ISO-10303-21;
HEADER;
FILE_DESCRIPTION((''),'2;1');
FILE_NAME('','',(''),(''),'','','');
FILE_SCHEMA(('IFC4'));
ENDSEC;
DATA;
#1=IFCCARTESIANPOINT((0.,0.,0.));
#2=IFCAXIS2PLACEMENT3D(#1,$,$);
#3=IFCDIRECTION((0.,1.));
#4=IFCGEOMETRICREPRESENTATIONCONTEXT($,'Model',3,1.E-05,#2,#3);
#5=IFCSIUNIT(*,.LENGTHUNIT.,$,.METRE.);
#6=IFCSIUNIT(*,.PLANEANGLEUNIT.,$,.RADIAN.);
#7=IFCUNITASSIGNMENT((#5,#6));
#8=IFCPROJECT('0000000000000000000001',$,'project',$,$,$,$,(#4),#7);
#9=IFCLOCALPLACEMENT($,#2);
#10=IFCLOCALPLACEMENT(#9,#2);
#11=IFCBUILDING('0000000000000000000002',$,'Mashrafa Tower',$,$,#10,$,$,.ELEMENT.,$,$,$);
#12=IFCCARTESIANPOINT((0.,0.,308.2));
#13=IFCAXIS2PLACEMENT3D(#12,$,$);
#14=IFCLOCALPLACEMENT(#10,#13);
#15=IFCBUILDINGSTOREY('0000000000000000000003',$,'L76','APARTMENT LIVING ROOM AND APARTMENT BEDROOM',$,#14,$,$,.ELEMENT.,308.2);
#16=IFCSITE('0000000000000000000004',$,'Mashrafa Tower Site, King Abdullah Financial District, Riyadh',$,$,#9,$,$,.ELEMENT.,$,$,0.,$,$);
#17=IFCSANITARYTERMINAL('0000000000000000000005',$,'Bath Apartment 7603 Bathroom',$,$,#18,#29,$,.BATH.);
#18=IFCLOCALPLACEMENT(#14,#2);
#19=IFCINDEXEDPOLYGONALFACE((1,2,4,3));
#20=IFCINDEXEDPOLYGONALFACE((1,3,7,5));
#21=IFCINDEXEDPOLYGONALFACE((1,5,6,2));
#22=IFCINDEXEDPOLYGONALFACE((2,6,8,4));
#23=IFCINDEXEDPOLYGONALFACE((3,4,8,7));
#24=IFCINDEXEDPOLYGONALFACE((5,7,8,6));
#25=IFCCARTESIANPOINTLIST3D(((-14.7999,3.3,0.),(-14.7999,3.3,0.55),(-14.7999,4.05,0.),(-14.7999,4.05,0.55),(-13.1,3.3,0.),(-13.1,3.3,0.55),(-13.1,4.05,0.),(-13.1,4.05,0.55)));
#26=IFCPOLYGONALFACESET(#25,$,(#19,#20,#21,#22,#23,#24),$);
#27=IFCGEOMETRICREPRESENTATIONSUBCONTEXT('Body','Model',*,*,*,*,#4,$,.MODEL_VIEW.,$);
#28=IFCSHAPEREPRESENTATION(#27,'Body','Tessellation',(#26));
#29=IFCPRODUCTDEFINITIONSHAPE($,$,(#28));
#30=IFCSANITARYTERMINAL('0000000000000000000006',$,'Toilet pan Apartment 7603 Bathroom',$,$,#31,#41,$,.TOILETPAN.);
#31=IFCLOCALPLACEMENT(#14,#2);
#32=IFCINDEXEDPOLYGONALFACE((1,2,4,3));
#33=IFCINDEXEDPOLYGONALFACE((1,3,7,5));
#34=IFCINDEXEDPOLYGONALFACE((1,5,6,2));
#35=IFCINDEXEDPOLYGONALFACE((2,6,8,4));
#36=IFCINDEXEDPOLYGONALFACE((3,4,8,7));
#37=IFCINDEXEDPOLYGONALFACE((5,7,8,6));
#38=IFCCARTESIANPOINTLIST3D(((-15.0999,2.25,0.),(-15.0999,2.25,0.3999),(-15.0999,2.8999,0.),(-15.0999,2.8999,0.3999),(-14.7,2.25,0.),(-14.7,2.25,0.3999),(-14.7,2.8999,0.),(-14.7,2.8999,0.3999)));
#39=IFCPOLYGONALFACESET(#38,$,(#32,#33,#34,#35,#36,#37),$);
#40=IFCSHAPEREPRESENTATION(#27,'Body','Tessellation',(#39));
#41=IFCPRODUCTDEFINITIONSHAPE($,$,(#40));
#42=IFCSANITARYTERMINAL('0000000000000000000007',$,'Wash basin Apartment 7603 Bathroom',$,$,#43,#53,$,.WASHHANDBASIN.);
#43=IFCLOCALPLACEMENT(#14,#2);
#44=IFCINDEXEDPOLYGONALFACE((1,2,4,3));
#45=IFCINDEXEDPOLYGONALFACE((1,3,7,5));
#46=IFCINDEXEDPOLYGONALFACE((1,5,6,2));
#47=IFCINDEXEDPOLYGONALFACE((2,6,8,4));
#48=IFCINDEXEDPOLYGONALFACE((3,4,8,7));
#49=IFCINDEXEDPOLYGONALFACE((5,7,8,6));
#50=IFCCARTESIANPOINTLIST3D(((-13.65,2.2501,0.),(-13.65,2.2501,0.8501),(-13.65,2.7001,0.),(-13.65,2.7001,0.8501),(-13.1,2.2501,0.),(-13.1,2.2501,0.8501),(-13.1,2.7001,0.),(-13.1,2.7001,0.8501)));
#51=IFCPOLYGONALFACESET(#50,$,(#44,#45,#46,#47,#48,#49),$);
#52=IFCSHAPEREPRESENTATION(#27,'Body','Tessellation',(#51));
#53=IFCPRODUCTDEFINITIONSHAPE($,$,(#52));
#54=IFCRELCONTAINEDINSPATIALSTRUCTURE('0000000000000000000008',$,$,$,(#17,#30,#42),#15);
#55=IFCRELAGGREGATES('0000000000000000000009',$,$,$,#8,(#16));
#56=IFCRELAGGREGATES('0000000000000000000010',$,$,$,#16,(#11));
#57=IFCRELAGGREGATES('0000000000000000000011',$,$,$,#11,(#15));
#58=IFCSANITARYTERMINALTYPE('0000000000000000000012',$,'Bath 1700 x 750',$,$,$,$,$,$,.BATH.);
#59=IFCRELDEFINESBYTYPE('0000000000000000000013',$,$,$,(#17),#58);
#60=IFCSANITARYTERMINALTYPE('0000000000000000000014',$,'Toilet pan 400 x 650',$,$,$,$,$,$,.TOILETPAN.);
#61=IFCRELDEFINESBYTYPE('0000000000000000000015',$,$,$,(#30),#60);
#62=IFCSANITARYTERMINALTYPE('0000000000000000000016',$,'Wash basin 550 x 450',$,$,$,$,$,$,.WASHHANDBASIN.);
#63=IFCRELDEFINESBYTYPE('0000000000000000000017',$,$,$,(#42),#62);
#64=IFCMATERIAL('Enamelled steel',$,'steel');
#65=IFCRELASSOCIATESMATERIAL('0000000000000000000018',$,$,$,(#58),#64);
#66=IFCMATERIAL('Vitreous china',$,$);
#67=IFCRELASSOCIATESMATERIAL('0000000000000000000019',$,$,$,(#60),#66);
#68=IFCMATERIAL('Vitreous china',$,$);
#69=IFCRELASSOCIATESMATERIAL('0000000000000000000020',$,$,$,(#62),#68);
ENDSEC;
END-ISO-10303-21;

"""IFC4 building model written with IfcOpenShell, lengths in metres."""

from ifc_helpers import new_model, si_unit, direction, frame, origin, origin_2d, place, context, subcontext, project, spatial, rectangle, extrude, material, type_object, element, save


model = new_model("IFC4")

# Units and contexts
model_context = context("Model", 3, precision=1e-05, world=origin(), true_north=direction((0.0, 1.0)))
body_context = subcontext(model_context, "Body", "Model", "MODEL_VIEW")
ifc_project = project(units=[si_unit("LENGTHUNIT", "METRE"), si_unit("PLANEANGLEUNIT", "RADIAN")], contexts=[model_context])

# Site, building, storey
site_placement = place(None, origin())
site = spatial("IfcSite", under=ifc_project, at=site_placement, Name="Mashrafa Tower Site, King Abdullah Financial District, Riyadh", CompositionType="ELEMENT", RefElevation=0.0)
building_placement = place(site_placement, origin())
building = spatial("IfcBuilding", under=site, at=building_placement, Name="Mashrafa Tower", CompositionType="ELEMENT")
storey_placement = place(building_placement, frame((0.0, 0.0, 308.2)))
storey = spatial("IfcBuildingStorey", under=building, at=storey_placement, Name="L76", Description="APARTMENT LIVING ROOM AND APARTMENT BEDROOM", CompositionType="ELEMENT", Elevation=308.2)

# Sanitary terminals
ifc_material_1 = material(Name="Enamelled steel", Category="steel")
sanitary_terminal_type_1 = type_object("IfcSanitaryTerminalType", Name="Bath 1700 x 750", PredefinedType="BATH", material=ifc_material_1)
sanitary_terminal_1_placement = place(storey_placement, frame((-13.95, 3.675, 0.0), z_axis=(0.0, 0.0, 1.0), x_axis=(-1.0, 0.0, 0.0)))
element("IfcSanitaryTerminal", 1, at=sanitary_terminal_1_placement, inside=storey, type_object=sanitary_terminal_type_1, Name="Bath Apartment 7603 Bathroom", PredefinedType="BATH", context=body_context, shape_type="SweptSolid", body=[
    extrude(rectangle(XDim=1.7, YDim=0.75, at=origin_2d()), origin(), (0.0, 0.0, 1.0), 0.55),
])
ifc_material_2 = material(Name="Vitreous china")
sanitary_terminal_type_2 = type_object("IfcSanitaryTerminalType", Name="Toilet pan 400 x 650", PredefinedType="TOILETPAN", material=ifc_material_2)
sanitary_terminal_2_placement = place(storey_placement, frame((-14.8999, 2.575, 0.0), z_axis=(0.0, 0.0, 1.0), x_axis=(1.0, 0.0, 0.0)))
element("IfcSanitaryTerminal", 2, at=sanitary_terminal_2_placement, inside=storey, type_object=sanitary_terminal_type_2, Name="Toilet pan Apartment 7603 Bathroom", PredefinedType="TOILETPAN", context=body_context, shape_type="SweptSolid", body=[
    extrude(rectangle(XDim=0.3999, YDim=0.6499, at=origin_2d()), origin(), (0.0, 0.0, 1.0), 0.3999),
])
ifc_material_3 = material(Name="Vitreous china")
sanitary_terminal_type_3 = type_object("IfcSanitaryTerminalType", Name="Wash basin 550 x 450", PredefinedType="WASHHANDBASIN", material=ifc_material_3)
sanitary_terminal_3_placement = place(storey_placement, frame((-13.375, 2.4751, 0.0), z_axis=(0.0, 0.0, 1.0), x_axis=(1.0, 0.0, 0.0)))
element("IfcSanitaryTerminal", 3, at=sanitary_terminal_3_placement, inside=storey, type_object=sanitary_terminal_type_3, Name="Wash basin Apartment 7603 Bathroom", PredefinedType="WASHHANDBASIN", context=body_context, shape_type="SweptSolid", body=[
    extrude(rectangle(XDim=0.55, YDim=0.45, at=origin_2d()), origin(), (0.0, 0.0, 1.0), 0.8501),
])

save(model, "model.ifc")
